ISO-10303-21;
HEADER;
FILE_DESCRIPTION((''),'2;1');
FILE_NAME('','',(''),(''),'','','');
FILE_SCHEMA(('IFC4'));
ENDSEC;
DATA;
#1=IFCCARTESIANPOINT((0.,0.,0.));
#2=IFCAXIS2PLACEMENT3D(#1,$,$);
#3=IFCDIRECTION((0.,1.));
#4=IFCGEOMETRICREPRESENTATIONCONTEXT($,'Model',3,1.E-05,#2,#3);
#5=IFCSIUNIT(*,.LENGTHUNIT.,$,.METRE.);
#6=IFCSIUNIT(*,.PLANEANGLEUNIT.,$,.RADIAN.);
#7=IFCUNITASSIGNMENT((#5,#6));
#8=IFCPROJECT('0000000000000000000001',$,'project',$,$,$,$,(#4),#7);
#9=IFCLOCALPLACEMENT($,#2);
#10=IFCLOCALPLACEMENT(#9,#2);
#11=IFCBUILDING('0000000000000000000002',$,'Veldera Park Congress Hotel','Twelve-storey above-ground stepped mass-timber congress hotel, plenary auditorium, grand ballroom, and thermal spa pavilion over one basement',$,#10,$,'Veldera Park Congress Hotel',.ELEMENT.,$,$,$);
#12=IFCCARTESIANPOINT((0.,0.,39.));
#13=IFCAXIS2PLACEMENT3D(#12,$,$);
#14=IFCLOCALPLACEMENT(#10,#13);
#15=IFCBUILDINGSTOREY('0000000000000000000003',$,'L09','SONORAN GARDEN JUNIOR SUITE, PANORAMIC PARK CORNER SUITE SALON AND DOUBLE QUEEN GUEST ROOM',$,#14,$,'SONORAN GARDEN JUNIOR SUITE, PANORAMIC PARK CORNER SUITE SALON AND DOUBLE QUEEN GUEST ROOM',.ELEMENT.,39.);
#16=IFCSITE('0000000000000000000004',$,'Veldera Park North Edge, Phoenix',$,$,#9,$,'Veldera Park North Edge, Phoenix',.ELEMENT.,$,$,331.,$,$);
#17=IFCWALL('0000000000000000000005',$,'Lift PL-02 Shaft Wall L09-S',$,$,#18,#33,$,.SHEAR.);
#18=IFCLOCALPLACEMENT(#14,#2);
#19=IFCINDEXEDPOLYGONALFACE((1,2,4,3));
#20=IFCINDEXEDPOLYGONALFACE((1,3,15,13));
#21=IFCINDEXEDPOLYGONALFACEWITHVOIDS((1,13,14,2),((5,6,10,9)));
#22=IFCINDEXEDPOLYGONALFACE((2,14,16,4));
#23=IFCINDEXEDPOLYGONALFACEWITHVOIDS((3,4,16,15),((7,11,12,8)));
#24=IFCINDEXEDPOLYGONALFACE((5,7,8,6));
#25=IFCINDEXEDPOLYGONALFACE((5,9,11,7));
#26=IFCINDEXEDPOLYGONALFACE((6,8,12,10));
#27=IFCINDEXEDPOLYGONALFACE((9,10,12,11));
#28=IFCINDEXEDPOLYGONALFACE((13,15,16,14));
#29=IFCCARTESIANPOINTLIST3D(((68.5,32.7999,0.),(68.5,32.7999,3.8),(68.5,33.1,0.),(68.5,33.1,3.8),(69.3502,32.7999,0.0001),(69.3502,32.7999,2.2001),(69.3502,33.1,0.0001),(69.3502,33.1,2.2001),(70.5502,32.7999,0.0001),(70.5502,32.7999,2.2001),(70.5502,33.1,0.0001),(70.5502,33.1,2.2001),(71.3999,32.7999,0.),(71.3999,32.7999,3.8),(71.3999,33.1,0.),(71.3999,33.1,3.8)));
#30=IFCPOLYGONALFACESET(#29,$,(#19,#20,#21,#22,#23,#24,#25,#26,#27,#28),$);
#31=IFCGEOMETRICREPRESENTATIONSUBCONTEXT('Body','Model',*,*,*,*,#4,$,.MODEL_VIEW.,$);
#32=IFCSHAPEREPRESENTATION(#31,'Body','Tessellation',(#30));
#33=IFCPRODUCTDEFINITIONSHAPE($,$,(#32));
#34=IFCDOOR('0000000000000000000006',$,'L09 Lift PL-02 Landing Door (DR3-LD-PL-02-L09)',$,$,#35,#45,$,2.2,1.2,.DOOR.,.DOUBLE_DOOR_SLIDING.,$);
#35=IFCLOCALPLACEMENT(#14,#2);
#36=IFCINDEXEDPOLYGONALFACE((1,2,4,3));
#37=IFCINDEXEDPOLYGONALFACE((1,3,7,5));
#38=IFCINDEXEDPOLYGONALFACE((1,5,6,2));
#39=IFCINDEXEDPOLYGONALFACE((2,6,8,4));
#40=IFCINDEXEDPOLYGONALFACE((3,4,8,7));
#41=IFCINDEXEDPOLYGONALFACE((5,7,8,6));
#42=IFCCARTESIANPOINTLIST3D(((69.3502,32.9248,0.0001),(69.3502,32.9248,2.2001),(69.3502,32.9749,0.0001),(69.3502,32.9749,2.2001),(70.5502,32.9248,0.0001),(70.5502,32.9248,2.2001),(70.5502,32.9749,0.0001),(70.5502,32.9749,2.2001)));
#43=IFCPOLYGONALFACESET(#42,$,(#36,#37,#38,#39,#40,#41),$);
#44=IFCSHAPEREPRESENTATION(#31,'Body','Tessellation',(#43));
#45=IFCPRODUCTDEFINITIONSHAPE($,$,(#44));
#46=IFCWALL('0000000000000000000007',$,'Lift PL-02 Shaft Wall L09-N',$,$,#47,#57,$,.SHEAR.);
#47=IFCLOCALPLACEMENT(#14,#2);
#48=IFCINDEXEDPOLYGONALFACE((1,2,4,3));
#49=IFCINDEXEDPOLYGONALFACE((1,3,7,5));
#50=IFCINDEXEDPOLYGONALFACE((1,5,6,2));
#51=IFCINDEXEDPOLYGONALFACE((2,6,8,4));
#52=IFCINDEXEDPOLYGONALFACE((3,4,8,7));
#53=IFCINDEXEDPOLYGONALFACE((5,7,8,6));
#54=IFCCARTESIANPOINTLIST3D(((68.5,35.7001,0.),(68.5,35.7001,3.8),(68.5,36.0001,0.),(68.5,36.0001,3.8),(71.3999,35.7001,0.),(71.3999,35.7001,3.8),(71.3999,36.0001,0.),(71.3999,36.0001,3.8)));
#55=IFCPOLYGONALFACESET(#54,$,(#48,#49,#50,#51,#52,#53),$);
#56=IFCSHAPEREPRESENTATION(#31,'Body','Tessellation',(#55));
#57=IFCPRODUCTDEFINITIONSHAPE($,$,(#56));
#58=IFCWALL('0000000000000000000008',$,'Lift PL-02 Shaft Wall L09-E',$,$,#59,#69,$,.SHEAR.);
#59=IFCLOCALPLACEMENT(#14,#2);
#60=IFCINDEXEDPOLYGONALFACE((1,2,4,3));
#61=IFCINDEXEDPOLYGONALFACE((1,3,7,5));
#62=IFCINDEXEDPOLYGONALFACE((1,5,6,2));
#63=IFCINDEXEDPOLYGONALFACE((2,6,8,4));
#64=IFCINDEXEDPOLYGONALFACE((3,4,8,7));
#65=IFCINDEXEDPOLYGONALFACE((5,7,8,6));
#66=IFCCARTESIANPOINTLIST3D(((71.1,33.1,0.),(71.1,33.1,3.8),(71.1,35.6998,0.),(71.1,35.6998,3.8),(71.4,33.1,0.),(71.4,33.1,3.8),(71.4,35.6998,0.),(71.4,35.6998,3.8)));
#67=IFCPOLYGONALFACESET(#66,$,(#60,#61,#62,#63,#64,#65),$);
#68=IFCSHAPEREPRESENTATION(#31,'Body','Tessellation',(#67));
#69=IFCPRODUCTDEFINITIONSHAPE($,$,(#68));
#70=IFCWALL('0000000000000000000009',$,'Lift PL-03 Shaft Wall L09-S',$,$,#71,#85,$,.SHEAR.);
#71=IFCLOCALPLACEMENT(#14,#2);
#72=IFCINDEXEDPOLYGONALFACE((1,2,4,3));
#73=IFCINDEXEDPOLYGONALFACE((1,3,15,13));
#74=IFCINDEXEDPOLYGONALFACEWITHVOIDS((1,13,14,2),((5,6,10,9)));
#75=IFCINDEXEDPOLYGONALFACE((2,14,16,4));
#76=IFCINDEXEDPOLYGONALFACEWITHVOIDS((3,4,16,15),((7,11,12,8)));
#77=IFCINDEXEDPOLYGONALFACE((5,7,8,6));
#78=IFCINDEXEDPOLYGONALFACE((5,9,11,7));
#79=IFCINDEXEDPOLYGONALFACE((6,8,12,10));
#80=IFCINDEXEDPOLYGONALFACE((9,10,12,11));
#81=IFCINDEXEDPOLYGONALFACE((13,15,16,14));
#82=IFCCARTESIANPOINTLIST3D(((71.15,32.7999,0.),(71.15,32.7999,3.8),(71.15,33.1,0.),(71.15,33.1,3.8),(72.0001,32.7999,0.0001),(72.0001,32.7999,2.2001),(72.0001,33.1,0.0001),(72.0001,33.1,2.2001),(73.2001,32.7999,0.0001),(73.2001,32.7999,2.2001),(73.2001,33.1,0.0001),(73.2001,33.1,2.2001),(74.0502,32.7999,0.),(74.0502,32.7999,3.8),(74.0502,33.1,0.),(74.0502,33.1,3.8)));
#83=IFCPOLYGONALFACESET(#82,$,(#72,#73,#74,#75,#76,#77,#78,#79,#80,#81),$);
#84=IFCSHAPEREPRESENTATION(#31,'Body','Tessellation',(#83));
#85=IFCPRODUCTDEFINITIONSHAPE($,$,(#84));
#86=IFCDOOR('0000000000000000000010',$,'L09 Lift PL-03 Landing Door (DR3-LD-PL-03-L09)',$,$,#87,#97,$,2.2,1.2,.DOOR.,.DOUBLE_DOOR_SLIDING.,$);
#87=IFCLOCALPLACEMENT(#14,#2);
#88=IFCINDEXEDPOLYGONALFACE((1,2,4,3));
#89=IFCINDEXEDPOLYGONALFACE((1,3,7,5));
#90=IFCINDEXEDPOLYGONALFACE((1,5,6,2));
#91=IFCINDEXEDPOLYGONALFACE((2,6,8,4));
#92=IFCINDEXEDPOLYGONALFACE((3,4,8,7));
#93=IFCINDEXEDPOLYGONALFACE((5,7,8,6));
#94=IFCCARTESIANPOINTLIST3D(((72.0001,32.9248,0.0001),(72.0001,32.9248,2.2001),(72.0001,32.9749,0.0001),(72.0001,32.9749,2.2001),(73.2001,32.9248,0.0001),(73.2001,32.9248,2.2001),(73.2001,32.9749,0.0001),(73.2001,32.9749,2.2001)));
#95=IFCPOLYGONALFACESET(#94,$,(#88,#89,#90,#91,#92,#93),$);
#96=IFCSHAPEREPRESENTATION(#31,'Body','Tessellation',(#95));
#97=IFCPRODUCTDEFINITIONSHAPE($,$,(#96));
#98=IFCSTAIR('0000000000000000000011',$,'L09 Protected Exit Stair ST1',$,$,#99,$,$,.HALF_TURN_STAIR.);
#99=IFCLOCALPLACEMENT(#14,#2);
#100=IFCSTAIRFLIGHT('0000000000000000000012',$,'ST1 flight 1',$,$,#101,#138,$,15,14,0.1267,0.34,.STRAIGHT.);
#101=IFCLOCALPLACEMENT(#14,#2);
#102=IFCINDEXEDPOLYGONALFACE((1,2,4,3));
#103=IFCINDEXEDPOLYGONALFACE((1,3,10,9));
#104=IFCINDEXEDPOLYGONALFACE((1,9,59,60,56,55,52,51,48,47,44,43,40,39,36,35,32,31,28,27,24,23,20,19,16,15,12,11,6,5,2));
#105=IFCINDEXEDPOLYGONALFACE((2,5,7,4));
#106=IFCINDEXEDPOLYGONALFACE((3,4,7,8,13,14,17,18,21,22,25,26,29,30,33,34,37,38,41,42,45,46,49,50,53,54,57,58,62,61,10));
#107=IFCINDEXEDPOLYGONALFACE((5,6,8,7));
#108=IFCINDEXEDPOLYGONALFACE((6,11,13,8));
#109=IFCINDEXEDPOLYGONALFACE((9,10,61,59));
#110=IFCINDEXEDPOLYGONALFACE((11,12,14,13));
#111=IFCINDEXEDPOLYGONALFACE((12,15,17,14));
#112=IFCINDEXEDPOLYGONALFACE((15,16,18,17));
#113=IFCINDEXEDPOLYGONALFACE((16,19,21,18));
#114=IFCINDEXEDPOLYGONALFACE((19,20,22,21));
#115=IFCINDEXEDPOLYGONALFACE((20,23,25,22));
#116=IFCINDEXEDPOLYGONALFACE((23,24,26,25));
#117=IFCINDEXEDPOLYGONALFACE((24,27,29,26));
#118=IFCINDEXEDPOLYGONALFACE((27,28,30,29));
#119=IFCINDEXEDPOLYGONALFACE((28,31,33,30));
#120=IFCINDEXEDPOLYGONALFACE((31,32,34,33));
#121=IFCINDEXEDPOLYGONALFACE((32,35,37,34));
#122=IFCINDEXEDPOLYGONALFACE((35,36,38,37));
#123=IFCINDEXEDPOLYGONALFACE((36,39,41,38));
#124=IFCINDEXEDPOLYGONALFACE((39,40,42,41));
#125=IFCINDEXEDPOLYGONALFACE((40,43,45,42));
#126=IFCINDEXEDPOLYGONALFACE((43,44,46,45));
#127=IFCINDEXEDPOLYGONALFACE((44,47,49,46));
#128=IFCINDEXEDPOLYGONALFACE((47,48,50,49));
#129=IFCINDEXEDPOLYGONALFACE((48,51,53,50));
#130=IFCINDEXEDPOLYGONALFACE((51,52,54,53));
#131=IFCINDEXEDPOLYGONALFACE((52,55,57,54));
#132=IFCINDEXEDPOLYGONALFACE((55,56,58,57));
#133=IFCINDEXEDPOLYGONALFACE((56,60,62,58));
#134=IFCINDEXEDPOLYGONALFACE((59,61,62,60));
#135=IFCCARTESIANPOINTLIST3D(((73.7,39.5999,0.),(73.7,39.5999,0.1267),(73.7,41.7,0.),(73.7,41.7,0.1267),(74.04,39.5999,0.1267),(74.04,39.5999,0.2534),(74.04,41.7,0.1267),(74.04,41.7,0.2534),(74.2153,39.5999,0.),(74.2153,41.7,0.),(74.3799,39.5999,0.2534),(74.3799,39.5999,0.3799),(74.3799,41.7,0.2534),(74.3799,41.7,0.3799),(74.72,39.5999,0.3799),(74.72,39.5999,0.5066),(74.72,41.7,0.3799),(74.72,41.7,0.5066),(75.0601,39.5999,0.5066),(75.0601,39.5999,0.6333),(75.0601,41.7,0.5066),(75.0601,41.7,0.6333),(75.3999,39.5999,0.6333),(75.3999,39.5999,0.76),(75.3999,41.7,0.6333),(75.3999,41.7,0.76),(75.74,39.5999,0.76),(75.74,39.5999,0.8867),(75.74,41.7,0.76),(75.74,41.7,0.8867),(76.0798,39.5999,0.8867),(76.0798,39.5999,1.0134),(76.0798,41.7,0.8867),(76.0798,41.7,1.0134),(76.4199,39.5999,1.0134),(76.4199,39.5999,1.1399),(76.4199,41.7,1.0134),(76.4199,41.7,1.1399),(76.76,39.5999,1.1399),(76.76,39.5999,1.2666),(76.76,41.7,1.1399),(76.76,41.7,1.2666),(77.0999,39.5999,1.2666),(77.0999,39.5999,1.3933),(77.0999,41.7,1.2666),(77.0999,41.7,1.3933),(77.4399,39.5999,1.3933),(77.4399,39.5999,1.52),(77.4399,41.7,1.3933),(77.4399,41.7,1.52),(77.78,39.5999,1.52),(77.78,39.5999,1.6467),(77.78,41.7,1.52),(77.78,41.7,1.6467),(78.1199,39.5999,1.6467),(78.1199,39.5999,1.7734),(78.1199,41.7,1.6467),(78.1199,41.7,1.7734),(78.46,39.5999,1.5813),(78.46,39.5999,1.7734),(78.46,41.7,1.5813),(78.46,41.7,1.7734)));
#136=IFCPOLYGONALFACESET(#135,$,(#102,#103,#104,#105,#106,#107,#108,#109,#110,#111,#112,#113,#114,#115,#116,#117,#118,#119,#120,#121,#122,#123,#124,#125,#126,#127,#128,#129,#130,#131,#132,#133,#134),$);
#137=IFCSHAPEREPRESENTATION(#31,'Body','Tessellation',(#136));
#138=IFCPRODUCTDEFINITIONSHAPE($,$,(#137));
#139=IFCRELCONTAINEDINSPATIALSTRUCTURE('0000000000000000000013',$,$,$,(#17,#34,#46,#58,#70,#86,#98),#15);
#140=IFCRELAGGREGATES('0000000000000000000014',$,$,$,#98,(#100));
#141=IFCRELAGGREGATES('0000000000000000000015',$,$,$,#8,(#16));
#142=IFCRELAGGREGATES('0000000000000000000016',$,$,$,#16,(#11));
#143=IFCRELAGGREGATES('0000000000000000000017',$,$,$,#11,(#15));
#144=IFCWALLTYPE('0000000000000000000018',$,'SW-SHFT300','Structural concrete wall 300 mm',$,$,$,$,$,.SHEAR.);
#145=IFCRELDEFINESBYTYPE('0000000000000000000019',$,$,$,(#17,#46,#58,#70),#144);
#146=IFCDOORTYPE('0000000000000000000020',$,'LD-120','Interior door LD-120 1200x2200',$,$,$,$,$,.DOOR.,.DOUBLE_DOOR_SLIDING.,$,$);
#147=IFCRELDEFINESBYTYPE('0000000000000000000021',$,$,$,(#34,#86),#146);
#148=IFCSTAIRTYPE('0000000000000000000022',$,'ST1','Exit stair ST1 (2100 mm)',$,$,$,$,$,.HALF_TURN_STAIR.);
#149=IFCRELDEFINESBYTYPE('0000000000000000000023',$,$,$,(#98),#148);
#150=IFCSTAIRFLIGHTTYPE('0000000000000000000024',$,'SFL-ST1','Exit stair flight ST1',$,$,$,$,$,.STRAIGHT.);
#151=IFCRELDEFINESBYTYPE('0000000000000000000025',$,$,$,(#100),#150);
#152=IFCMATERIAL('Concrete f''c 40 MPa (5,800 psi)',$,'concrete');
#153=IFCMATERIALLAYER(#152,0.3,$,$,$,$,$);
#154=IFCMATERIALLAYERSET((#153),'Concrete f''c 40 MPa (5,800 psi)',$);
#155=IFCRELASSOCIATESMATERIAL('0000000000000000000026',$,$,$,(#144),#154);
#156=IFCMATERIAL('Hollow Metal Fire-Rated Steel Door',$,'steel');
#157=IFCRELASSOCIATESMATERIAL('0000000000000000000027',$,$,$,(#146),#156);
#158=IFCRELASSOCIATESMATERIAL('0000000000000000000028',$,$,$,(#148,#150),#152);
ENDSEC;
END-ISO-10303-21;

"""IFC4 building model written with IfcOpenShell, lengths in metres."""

from ifc_helpers import new_model, si_unit, direction, frame, frame_2d, origin, place, context, subcontext, project, spatial, polyline, rectangle, outline, extrude, material, layer, layer_set, type_object, element, fill, aggregate, save


model = new_model("IFC4")

# Units and contexts
model_context = context("Model", 3, precision=1e-05, world=origin(), true_north=direction((0.0, 1.0)))
body_context = subcontext(model_context, "Body", "Model", "MODEL_VIEW")
ifc_project = project(units=[si_unit("LENGTHUNIT", "METRE"), si_unit("PLANEANGLEUNIT", "RADIAN")], contexts=[model_context])

# Site, building, storey
site_placement = place(None, origin())
site = spatial("IfcSite", under=ifc_project, at=site_placement, Name="Veldera Park North Edge, Phoenix", LongName="Veldera Park North Edge, Phoenix", CompositionType="ELEMENT", RefElevation=331.0)
building_placement = place(site_placement, origin())
building = spatial("IfcBuilding", under=site, at=building_placement, Name="Veldera Park Congress Hotel", Description="Twelve-storey above-ground stepped mass-timber congress hotel, plenary auditorium, grand ballroom, and thermal spa pavilion over one basement", LongName="Veldera Park Congress Hotel", CompositionType="ELEMENT")
storey_placement = place(building_placement, frame((0.0, 0.0, 39.0)))
storey = spatial("IfcBuildingStorey", under=building, at=storey_placement, Name="L09", Description="SONORAN GARDEN JUNIOR SUITE, PANORAMIC PARK CORNER SUITE SALON AND DOUBLE QUEEN GUEST ROOM", LongName="SONORAN GARDEN JUNIOR SUITE, PANORAMIC PARK CORNER SUITE SALON AND DOUBLE QUEEN GUEST ROOM", CompositionType="ELEMENT", Elevation=39.0)

# Shared definitions
ifc_material_1 = material(Name="Concrete f'c 40 MPa (5,800 psi)", Category="concrete")
ifc_material_2 = material(Name="Hollow Metal Fire-Rated Steel Door", Category="steel")

# Shared definitions
ifc_layer_1 = layer(ifc_material_1, 0.3)
ifc_layer_set_1 = layer_set([ifc_layer_1], Name="Concrete f'c 40 MPa (5,800 psi)")
wall_type_1 = type_object("IfcWallType", Name="SW-SHFT300", Description="Structural concrete wall 300 mm", PredefinedType="SHEAR", material=ifc_layer_set_1)
door_type_1 = type_object("IfcDoorType", Name="LD-120", Description="Interior door LD-120 1200x2200", OperationType="DOUBLE_DOOR_SLIDING", PredefinedType="DOOR", material=ifc_material_2)

# Wall, opening, door
wall_1_placement = place(storey_placement, frame((68.5, 32.95, 0.0), z_axis=(0.0, 0.0, 1.0), x_axis=(1.0, 0.0, 0.0)))
wall_1 = element("IfcWall", 1, at=wall_1_placement, inside=storey, type_object=wall_type_1, Name="Lift PL-02 Shaft Wall L09-S", PredefinedType="SHEAR", context=body_context, shape_type="SweptSolid", body=[
    extrude(rectangle(XDim=2.8999, YDim=0.3, at=frame_2d((1.45, 0.0))), origin(), (0.0, 0.0, 1.0), 3.8),
])
opening_1_placement = place(wall_1_placement, frame((0.8501, 0.0, 0.0)))
opening_1 = element("IfcOpeningElement", 2, at=opening_1_placement, cuts=wall_1, PredefinedType="OPENING", context=body_context, shape_type="SweptSolid", body=[
    extrude(rectangle(XDim=1.2, YDim=2.2, at=frame_2d((0.6001, 1.1001))), frame((0.0, 0.1621, 0.0), z_axis=(0.0, -1.0, 0.0), x_axis=(1.0, 0.0, 0.0)), (0.0, 0.0, 1.0), 0.324),
])
door_1_placement = place(opening_1_placement, origin())
door_1 = element("IfcDoor", 3, at=door_1_placement, inside=storey, type_object=door_type_1, Name="L09 Lift PL-02 Landing Door (DR3-LD-PL-02-L09)", OperationType="DOUBLE_DOOR_SLIDING", OverallHeight=2.2, OverallWidth=1.2, PredefinedType="DOOR", context=body_context, shape_type="SweptSolid", body=[
    extrude(rectangle(XDim=1.2, YDim=2.2, at=frame_2d((0.6001, 1.1001))), frame((0.0, 0.0249, 0.0), z_axis=(0.0, -1.0, 0.0), x_axis=(1.0, 0.0, 0.0)), (0.0, 0.0, 1.0), 0.05),
])
fill(opening_1, door_1)

# Walls
wall_2_placement = place(storey_placement, frame((71.3999, 35.8501, 0.0), z_axis=(0.0, 0.0, 1.0), x_axis=(-1.0, 0.0, 0.0)))
element("IfcWall", 4, at=wall_2_placement, inside=storey, type_object=wall_type_1, Name="Lift PL-02 Shaft Wall L09-N", PredefinedType="SHEAR", context=body_context, shape_type="SweptSolid", body=[
    extrude(rectangle(XDim=2.8999, YDim=0.3, at=frame_2d((1.45, 0.0))), origin(), (0.0, 0.0, 1.0), 3.8),
])
wall_3_placement = place(storey_placement, frame((71.25, 33.1001, 0.0), z_axis=(0.0, 0.0, 1.0), x_axis=(0.0, 1.0, 0.0)))
element("IfcWall", 5, at=wall_3_placement, inside=storey, type_object=wall_type_1, Name="Lift PL-02 Shaft Wall L09-E", PredefinedType="SHEAR", context=body_context, shape_type="SweptSolid", body=[
    extrude(rectangle(XDim=2.5999, YDim=0.3, at=frame_2d((1.2998, 0.0))), origin(), (0.0, 0.0, 1.0), 3.8),
])

# Wall, opening, door
wall_4_placement = place(storey_placement, frame((71.1499, 32.95, 0.0), z_axis=(0.0, 0.0, 1.0), x_axis=(1.0, 0.0, 0.0)))
wall_4 = element("IfcWall", 6, at=wall_4_placement, inside=storey, type_object=wall_type_1, Name="Lift PL-03 Shaft Wall L09-S", PredefinedType="SHEAR", context=body_context, shape_type="SweptSolid", body=[
    extrude(rectangle(XDim=2.9001, YDim=0.3, at=frame_2d((1.4502, 0.0))), origin(), (0.0, 0.0, 1.0), 3.8),
])
opening_2_placement = place(wall_4_placement, frame((0.8501, 0.0, 0.0)))
opening_2 = element("IfcOpeningElement", 7, at=opening_2_placement, cuts=wall_4, PredefinedType="OPENING", context=body_context, shape_type="SweptSolid", body=[
    extrude(rectangle(XDim=1.2, YDim=2.2, at=frame_2d((0.6001, 1.1001))), frame((0.0, 0.1621, 0.0), z_axis=(0.0, -1.0, 0.0), x_axis=(1.0, 0.0, 0.0)), (0.0, 0.0, 1.0), 0.324),
])
door_2_placement = place(opening_2_placement, origin())
door_2 = element("IfcDoor", 8, at=door_2_placement, inside=storey, type_object=door_type_1, Name="L09 Lift PL-03 Landing Door (DR3-LD-PL-03-L09)", OperationType="DOUBLE_DOOR_SLIDING", OverallHeight=2.2, OverallWidth=1.2, PredefinedType="DOOR", context=body_context, shape_type="SweptSolid", body=[
    extrude(rectangle(XDim=1.2, YDim=2.2, at=frame_2d((0.6001, 1.1001))), frame((0.0, 0.0249, 0.0), z_axis=(0.0, -1.0, 0.0), x_axis=(1.0, 0.0, 0.0)), (0.0, 0.0, 1.0), 0.05),
])
fill(opening_2, door_2)

# Stair, stair flight
stair_type = type_object("IfcStairType", Name="ST1", Description="Exit stair ST1 (2100 mm)", PredefinedType="HALF_TURN_STAIR", material=ifc_material_1)
stair_placement = place(storey_placement, origin())
stair = element("IfcStair", 9, at=stair_placement, inside=storey, type_object=stair_type, Name="L09 Protected Exit Stair ST1", PredefinedType="HALF_TURN_STAIR")
stair_flight_type = type_object("IfcStairFlightType", Name="SFL-ST1", Description="Exit stair flight ST1", PredefinedType="STRAIGHT", material=ifc_material_1)
stair_flight_placement = place(storey_placement, frame((73.7, 40.6499, 0.0), z_axis=(0.0, 0.0, 1.0), x_axis=(1.0, 0.0, 0.0)))
stair_flight = element("IfcStairFlight", 10, at=stair_flight_placement, type_object=stair_flight_type, Name="ST1 flight 1", NumberOfRisers=15, NumberOfTreads=14, PredefinedType="STRAIGHT", RiserHeight=0.1267, TreadLength=0.34, context=body_context, shape_type="SweptSolid", body=[
    extrude(outline(polyline([(0.0, 0.0), (0.0, 0.1267), (0.3401, 0.1267), (0.3401, 0.2534), (0.6799, 0.2534), (0.6799, 0.3799), (1.02, 0.3799), (1.02, 0.5066), (1.3601, 0.5066), (1.3601, 0.6333), (1.7, 0.6333), (1.7, 0.76), (2.04, 0.76), (2.04, 0.8867), (2.3799, 0.8867), (2.3799, 1.0134), (2.72, 1.0134), (2.72, 1.1399), (3.0601, 1.1399), (3.0601, 1.2666), (3.3999, 1.2666), (3.3999, 1.3933), (3.74, 1.3933), (3.74, 1.52), (4.0801, 1.52), (4.0801, 1.6467), (4.4199, 1.6467), (4.4199, 1.7734), (4.76, 1.7734), (4.76, 1.8999), (4.76, 1.8999), (4.76, 1.5813), (0.5154, 0.0), (0.0, 0.0)])), frame((0.0, 1.05, 0.0), z_axis=(0.0, -1.0, 0.0), x_axis=(1.0, 0.0, 0.0)), (0.0, 0.0, 1.0), 2.1001),
])
aggregate(stair, [stair_flight])

save(model, "model.ifc")
